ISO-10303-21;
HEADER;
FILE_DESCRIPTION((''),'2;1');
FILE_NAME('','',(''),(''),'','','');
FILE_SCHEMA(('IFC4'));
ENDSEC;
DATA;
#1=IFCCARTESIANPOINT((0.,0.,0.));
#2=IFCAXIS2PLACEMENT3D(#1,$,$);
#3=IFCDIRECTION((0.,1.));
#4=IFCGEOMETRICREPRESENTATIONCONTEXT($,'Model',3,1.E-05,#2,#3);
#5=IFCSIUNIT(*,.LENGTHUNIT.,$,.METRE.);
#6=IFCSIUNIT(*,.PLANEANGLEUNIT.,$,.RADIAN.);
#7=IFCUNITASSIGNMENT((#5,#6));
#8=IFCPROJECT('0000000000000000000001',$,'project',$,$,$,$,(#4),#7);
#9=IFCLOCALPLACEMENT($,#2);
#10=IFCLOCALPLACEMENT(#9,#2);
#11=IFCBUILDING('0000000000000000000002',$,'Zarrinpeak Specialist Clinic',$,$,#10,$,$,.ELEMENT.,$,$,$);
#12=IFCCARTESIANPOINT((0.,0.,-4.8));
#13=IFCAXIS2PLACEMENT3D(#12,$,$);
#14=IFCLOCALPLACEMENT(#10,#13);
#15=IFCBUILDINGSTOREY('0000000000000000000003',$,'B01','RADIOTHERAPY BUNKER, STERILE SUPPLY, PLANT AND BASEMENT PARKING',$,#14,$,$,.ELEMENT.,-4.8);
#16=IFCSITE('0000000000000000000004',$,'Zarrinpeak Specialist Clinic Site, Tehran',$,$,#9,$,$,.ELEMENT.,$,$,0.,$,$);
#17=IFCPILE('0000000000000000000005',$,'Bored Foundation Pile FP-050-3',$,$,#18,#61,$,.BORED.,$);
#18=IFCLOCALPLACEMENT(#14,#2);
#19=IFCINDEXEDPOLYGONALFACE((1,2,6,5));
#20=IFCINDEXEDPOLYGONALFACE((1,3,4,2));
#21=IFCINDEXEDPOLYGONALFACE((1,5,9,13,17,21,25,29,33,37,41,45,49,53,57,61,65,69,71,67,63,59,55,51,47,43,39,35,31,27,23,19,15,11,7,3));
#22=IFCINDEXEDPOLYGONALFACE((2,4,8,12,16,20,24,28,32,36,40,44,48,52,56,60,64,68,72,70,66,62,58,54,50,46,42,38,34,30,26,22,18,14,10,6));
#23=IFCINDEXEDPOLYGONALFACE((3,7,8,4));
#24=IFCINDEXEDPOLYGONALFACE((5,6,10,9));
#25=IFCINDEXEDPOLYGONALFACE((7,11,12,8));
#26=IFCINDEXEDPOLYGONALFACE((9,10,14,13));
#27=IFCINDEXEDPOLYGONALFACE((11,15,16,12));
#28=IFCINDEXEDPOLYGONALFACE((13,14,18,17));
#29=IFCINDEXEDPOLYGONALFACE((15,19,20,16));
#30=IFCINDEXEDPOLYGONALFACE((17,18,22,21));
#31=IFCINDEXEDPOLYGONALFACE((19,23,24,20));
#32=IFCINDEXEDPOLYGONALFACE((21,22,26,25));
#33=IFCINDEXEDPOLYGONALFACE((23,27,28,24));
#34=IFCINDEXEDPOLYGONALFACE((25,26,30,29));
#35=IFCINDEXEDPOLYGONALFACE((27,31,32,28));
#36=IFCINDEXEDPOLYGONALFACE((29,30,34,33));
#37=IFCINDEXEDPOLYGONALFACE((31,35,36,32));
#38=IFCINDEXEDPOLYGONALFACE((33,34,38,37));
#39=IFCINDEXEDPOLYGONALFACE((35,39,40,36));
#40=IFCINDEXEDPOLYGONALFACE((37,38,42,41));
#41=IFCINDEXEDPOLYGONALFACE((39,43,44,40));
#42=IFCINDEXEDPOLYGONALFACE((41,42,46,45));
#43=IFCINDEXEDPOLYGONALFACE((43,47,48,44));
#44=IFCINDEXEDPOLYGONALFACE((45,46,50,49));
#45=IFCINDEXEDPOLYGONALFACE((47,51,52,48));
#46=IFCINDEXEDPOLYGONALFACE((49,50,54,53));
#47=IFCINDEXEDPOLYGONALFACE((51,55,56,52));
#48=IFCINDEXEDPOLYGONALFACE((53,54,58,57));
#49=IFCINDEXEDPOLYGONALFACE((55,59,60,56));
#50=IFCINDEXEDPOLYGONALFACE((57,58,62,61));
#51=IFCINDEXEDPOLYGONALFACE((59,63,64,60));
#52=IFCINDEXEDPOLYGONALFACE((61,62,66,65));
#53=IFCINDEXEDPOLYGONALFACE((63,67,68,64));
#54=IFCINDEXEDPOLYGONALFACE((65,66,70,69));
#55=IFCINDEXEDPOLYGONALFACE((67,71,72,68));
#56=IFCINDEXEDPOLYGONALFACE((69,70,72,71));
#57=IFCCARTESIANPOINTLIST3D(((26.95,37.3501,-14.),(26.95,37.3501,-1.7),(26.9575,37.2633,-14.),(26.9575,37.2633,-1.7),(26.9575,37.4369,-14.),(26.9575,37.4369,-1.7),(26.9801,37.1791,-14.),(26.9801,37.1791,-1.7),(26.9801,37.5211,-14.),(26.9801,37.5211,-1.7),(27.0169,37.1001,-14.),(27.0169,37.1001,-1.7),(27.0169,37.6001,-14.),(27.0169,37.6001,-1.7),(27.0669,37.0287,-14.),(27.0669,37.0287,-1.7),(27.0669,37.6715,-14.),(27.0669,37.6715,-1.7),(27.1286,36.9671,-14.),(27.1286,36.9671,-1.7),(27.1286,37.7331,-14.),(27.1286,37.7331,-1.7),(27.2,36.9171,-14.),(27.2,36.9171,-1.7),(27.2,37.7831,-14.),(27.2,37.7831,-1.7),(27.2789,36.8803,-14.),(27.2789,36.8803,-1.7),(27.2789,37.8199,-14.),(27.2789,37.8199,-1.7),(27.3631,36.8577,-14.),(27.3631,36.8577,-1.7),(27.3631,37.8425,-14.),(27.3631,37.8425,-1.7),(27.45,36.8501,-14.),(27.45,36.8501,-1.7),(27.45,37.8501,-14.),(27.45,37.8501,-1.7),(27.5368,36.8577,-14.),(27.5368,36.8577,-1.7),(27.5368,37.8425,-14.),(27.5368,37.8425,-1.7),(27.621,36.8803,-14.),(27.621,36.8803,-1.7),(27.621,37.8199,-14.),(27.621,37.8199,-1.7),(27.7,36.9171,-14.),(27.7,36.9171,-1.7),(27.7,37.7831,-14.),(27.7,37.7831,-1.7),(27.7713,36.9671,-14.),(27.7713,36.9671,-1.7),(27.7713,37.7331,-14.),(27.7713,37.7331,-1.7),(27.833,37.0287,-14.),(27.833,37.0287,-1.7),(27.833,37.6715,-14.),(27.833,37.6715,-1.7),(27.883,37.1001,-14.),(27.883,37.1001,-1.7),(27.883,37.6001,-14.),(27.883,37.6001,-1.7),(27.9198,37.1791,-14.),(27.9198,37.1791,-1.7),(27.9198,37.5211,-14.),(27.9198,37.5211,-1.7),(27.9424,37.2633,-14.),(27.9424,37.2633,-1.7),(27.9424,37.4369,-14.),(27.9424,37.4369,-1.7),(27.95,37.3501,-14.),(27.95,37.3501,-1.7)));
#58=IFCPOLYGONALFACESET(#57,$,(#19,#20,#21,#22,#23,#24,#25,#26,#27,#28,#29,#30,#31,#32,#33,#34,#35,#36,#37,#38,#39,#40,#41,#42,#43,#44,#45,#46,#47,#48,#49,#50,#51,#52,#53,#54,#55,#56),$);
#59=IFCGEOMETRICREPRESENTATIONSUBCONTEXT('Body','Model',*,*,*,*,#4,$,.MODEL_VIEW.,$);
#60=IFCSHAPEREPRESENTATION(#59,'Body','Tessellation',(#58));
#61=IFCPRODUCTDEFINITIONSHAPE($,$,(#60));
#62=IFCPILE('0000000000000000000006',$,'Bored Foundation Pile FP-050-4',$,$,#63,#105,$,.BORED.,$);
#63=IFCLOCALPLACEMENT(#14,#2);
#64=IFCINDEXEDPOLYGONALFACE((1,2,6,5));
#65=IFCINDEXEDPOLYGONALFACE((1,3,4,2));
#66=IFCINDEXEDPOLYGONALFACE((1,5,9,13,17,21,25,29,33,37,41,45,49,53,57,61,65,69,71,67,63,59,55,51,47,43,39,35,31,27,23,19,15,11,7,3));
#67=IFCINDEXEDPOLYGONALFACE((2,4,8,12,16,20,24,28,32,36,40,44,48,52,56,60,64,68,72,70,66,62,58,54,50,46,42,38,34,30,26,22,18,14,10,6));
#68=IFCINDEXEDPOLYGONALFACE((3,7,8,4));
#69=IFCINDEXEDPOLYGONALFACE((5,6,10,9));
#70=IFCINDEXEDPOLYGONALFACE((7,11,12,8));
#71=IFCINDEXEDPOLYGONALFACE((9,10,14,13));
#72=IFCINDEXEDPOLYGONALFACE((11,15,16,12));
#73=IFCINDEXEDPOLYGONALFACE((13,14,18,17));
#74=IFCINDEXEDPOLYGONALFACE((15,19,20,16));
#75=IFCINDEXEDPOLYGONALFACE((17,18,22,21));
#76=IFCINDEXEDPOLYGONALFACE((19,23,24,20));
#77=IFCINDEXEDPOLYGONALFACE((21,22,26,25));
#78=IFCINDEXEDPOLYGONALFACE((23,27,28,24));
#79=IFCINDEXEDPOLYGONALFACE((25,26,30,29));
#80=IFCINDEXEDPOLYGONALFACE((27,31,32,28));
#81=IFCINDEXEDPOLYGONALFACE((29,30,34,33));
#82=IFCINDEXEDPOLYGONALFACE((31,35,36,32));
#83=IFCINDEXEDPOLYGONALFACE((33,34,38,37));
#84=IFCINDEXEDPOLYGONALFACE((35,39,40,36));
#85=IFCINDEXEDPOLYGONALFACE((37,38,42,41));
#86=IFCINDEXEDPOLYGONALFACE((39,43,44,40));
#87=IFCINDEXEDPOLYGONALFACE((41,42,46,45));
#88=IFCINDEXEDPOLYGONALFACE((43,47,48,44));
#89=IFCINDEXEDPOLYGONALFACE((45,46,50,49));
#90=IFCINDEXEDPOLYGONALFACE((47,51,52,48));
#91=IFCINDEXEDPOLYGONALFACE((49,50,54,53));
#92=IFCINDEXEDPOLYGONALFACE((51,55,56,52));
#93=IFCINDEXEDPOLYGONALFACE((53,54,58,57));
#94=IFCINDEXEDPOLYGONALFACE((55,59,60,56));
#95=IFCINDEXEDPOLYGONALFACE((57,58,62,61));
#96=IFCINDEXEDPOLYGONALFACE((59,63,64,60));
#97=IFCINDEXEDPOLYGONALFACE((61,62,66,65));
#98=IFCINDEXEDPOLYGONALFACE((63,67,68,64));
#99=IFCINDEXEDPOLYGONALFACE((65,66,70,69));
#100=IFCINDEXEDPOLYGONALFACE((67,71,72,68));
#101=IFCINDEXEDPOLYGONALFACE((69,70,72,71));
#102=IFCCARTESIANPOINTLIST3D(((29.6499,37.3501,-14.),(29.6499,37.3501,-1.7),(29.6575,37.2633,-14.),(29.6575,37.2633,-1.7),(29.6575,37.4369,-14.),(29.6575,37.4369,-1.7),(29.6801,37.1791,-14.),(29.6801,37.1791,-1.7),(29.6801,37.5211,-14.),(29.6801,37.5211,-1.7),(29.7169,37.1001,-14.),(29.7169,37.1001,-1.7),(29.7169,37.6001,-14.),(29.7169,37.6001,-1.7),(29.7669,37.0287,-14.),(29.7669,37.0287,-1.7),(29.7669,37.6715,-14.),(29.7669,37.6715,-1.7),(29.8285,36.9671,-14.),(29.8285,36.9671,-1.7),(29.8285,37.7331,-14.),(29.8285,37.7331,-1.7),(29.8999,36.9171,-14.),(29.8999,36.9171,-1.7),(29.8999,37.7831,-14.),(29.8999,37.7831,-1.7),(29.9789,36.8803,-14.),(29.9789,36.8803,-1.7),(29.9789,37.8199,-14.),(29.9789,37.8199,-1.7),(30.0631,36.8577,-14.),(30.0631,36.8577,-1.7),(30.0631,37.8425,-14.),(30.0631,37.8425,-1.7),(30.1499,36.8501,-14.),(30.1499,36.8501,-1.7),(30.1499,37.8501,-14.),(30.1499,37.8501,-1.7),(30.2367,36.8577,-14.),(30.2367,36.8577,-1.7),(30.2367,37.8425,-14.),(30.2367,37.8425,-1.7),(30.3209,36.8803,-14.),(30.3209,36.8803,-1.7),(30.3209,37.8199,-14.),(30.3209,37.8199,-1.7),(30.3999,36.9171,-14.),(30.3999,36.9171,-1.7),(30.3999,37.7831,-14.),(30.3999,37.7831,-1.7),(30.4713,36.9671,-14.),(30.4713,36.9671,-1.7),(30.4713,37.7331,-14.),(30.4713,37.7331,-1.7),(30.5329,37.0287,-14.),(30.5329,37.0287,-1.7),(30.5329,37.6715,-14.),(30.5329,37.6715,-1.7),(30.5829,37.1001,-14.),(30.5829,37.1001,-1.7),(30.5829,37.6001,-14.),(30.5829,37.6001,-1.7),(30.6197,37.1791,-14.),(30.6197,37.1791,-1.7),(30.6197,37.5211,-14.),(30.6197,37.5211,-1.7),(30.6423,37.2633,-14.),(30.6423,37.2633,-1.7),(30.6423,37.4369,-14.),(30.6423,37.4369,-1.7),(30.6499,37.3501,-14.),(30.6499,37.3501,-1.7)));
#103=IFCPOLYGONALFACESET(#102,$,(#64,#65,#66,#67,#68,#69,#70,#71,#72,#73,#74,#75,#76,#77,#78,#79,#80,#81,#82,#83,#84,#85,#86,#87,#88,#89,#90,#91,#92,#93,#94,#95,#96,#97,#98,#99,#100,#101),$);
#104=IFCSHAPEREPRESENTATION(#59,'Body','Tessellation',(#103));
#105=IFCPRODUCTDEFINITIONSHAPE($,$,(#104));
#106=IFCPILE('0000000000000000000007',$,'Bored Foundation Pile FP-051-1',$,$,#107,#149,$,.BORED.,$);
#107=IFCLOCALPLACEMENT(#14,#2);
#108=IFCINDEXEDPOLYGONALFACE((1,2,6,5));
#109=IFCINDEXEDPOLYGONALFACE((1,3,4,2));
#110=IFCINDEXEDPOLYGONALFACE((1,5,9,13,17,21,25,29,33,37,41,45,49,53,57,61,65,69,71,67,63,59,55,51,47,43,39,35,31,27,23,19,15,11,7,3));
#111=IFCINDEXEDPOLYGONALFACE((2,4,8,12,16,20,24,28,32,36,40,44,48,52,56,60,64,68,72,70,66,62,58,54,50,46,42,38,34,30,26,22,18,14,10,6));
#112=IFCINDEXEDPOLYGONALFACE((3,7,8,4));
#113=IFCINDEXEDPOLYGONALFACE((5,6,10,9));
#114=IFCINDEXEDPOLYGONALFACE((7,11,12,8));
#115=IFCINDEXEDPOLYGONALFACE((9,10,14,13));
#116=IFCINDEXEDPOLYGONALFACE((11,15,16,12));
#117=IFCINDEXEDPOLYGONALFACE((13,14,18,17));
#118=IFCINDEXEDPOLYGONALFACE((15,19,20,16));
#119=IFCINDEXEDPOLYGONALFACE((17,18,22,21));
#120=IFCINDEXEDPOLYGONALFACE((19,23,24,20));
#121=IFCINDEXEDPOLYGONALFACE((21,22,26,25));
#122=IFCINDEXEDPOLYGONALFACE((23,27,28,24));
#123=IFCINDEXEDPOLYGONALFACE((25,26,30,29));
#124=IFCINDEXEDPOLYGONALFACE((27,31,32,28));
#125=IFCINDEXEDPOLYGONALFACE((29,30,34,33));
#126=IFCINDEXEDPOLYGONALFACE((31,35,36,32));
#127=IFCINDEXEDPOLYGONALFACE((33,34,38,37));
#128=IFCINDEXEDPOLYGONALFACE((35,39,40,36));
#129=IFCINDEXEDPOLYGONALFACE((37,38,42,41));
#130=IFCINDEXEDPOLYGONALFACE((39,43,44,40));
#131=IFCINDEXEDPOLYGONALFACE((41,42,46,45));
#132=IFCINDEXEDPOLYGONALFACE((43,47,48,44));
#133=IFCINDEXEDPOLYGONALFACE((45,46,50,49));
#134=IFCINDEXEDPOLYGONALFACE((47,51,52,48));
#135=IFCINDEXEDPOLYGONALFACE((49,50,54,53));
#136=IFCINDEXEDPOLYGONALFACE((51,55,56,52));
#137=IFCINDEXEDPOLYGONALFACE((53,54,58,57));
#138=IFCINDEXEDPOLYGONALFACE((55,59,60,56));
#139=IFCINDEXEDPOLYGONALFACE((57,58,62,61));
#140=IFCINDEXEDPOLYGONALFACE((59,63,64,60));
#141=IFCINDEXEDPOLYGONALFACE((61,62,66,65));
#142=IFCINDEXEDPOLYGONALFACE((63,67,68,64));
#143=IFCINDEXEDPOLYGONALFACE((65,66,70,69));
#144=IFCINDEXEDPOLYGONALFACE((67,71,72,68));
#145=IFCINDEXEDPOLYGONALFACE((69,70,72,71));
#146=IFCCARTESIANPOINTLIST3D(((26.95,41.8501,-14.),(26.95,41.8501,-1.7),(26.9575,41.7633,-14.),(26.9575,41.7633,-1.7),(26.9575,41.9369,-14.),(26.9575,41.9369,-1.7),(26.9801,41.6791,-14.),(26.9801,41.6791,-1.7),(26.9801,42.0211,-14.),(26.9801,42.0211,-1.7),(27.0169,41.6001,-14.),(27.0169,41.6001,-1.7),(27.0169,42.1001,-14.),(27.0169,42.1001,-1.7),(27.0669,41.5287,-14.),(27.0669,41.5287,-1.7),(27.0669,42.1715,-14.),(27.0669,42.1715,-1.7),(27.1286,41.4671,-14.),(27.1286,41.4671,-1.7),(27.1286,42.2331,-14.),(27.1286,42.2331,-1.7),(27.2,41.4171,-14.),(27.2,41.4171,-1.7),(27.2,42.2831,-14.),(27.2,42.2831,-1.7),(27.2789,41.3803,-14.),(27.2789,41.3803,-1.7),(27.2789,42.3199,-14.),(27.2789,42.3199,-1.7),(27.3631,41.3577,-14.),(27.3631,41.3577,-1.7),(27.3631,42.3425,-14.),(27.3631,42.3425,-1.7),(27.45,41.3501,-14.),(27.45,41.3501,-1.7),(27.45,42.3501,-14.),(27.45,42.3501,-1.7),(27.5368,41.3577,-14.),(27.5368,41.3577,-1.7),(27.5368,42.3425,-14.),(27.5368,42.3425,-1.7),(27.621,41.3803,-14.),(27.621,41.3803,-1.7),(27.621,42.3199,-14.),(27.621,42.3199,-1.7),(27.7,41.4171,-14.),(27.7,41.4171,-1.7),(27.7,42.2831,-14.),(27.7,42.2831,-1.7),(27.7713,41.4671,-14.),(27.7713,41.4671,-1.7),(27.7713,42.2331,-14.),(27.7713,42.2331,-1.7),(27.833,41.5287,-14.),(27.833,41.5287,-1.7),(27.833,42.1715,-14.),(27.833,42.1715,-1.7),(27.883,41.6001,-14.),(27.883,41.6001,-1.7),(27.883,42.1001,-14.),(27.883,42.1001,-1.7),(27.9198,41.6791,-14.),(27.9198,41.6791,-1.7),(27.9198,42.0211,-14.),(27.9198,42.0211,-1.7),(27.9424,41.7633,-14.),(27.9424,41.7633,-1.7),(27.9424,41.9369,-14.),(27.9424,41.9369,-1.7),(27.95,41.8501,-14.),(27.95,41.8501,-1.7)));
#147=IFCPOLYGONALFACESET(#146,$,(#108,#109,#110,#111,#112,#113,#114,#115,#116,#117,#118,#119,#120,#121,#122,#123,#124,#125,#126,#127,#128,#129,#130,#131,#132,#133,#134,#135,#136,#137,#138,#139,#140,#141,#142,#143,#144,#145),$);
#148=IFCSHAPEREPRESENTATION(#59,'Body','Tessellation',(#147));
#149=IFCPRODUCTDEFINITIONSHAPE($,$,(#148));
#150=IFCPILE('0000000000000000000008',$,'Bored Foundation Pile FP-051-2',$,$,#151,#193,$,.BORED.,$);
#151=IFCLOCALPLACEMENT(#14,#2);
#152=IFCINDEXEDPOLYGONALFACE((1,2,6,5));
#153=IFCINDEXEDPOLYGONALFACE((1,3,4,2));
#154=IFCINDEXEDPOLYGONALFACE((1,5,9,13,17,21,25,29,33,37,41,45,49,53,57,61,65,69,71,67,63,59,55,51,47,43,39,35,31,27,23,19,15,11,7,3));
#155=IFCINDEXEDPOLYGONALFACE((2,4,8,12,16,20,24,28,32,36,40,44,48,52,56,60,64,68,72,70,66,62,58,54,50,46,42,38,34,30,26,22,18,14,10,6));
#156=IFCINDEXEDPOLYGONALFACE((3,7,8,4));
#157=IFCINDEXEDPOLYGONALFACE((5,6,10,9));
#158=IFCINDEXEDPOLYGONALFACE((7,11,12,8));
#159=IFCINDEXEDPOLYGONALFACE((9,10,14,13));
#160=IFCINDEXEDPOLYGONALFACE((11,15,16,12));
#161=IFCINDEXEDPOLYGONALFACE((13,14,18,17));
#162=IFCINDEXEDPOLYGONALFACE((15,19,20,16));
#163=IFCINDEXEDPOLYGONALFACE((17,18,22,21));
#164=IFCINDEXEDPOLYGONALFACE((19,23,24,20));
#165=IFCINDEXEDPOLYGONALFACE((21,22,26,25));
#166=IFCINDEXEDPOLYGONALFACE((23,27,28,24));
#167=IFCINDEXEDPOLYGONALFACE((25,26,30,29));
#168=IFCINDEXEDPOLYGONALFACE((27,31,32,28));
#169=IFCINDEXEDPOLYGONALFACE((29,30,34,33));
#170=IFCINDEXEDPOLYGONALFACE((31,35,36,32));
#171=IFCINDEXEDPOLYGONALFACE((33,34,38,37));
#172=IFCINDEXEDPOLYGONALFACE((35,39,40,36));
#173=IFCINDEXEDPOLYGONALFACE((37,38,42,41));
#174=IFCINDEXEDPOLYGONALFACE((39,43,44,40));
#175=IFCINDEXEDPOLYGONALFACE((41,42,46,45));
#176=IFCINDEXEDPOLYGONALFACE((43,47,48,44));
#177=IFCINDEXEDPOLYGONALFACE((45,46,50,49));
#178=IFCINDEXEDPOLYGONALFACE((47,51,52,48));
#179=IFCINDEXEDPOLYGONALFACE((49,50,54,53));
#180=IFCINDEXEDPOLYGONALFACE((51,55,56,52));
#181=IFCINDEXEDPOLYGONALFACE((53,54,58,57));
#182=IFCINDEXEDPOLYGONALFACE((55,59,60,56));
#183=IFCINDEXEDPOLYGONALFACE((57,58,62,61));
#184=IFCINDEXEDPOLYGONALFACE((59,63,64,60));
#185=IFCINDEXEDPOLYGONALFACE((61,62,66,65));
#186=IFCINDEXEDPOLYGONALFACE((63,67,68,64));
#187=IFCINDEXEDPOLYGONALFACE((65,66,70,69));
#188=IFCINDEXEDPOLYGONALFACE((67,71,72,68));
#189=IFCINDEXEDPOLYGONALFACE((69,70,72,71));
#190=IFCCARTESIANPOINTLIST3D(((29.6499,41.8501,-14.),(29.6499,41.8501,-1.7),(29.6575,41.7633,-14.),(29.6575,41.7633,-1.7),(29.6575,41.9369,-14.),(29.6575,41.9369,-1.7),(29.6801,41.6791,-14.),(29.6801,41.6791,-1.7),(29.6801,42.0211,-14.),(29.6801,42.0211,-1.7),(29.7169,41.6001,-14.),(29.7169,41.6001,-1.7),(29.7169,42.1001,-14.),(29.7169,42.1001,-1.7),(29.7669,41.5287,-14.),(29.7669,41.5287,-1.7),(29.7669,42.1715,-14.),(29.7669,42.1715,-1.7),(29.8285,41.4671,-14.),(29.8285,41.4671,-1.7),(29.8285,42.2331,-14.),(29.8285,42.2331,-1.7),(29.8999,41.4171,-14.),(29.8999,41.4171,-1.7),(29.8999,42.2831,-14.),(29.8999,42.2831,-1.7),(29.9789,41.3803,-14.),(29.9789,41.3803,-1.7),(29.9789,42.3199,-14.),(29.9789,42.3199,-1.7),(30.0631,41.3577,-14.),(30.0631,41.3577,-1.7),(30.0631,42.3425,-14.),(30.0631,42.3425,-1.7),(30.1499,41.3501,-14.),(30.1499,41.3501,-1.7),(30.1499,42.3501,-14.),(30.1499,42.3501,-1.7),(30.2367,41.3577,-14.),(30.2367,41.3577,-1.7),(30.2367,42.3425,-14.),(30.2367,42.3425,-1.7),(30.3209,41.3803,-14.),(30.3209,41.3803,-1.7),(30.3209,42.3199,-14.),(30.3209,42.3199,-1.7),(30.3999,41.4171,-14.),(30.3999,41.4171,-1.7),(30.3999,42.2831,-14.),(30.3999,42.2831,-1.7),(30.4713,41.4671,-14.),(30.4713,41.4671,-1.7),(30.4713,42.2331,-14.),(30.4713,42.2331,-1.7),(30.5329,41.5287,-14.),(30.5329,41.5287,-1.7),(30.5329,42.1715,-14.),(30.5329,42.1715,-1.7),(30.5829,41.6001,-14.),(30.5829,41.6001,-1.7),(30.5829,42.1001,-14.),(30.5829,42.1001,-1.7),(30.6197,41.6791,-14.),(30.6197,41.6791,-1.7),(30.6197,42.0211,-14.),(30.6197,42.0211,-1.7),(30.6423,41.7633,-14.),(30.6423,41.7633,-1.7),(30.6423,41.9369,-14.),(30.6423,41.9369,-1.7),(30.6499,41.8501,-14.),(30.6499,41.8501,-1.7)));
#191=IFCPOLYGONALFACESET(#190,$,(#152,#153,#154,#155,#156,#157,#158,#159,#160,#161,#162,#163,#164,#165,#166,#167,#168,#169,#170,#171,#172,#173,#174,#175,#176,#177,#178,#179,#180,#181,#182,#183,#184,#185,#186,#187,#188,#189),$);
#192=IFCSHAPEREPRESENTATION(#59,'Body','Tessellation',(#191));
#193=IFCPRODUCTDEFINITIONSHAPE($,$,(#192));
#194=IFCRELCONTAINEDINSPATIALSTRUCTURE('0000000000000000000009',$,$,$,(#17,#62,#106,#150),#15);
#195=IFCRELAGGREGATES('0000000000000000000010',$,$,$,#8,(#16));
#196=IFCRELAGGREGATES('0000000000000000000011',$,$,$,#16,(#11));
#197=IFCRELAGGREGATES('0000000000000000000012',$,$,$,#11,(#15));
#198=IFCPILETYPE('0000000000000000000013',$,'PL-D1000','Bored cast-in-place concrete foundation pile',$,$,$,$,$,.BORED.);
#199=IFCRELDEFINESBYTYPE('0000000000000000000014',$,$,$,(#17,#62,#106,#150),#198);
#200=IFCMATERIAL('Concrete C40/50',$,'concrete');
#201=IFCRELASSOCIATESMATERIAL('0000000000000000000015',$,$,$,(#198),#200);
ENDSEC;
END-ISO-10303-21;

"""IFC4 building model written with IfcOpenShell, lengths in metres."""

from ifc_helpers import new_model, si_unit, direction, frame, origin, origin_2d, place, context, subcontext, project, spatial, circle, extrude, material, material_profile, profile_set, type_object, element, save


model = new_model("IFC4")

# Units and contexts
model_context = context("Model", 3, precision=1e-05, world=origin(), true_north=direction((0.0, 1.0)))
body_context = subcontext(model_context, "Body", "Model", "MODEL_VIEW")
ifc_project = project(units=[si_unit("LENGTHUNIT", "METRE"), si_unit("PLANEANGLEUNIT", "RADIAN")], contexts=[model_context])

# Site, building, storey
site_placement = place(None, origin())
site = spatial("IfcSite", under=ifc_project, at=site_placement, Name="Zarrinpeak Specialist Clinic Site, Tehran", CompositionType="ELEMENT", RefElevation=0.0)
building_placement = place(site_placement, origin())
building = spatial("IfcBuilding", under=site, at=building_placement, Name="Zarrinpeak Specialist Clinic", CompositionType="ELEMENT")
storey_placement = place(building_placement, frame((0.0, 0.0, -4.8)))
storey = spatial("IfcBuildingStorey", under=building, at=storey_placement, Name="B01", Description="RADIOTHERAPY BUNKER, STERILE SUPPLY, PLANT AND BASEMENT PARKING", CompositionType="ELEMENT", Elevation=-4.8)

# Shared definitions
ifc_material_1 = material(Name="Concrete C40/50", Category="concrete")

# Piles
ifc_material_profile_1 = material_profile(ifc_material_1, circle(Radius=0.5, at=origin_2d()), Name="BORED PILE D1000")
ifc_profile_set_1 = profile_set([ifc_material_profile_1], Name="Concrete C40/50")
pile_type = type_object("IfcPileType", Name="PL-D1000", Description="Bored cast-in-place concrete foundation pile", PredefinedType="BORED", material=ifc_profile_set_1)
for number, where, z_axis, x_axis, name in (
    (1, (27.45, 37.3501, -1.7), (0.0, 0.0, -1.0), (1.0, 0.0, 0.0), "Bored Foundation Pile FP-050-3"),
    (2, (30.1499, 37.3501, -1.7), (0.0, 0.0, -1.0), (1.0, 0.0, 0.0), "Bored Foundation Pile FP-050-4"),
    (3, (27.45, 41.8501, -1.7), (0.0, 0.0, -1.0), (1.0, 0.0, 0.0), "Bored Foundation Pile FP-051-1"),
    (4, (30.1499, 41.8501, -1.7), (0.0, 0.0, -1.0), (1.0, 0.0, 0.0), "Bored Foundation Pile FP-051-2"),
):
    element("IfcPile", number, at=place(storey_placement, frame(where, z_axis=z_axis, x_axis=x_axis)), inside=storey, type_object=pile_type, Name=name, PredefinedType="BORED", context=body_context, shape_type="SweptSolid", body=[
        extrude(circle(Radius=0.5, at=origin_2d()), origin(), (0.0, 0.0, 1.0), 12.3),
    ])

save(model, "model.ifc")
